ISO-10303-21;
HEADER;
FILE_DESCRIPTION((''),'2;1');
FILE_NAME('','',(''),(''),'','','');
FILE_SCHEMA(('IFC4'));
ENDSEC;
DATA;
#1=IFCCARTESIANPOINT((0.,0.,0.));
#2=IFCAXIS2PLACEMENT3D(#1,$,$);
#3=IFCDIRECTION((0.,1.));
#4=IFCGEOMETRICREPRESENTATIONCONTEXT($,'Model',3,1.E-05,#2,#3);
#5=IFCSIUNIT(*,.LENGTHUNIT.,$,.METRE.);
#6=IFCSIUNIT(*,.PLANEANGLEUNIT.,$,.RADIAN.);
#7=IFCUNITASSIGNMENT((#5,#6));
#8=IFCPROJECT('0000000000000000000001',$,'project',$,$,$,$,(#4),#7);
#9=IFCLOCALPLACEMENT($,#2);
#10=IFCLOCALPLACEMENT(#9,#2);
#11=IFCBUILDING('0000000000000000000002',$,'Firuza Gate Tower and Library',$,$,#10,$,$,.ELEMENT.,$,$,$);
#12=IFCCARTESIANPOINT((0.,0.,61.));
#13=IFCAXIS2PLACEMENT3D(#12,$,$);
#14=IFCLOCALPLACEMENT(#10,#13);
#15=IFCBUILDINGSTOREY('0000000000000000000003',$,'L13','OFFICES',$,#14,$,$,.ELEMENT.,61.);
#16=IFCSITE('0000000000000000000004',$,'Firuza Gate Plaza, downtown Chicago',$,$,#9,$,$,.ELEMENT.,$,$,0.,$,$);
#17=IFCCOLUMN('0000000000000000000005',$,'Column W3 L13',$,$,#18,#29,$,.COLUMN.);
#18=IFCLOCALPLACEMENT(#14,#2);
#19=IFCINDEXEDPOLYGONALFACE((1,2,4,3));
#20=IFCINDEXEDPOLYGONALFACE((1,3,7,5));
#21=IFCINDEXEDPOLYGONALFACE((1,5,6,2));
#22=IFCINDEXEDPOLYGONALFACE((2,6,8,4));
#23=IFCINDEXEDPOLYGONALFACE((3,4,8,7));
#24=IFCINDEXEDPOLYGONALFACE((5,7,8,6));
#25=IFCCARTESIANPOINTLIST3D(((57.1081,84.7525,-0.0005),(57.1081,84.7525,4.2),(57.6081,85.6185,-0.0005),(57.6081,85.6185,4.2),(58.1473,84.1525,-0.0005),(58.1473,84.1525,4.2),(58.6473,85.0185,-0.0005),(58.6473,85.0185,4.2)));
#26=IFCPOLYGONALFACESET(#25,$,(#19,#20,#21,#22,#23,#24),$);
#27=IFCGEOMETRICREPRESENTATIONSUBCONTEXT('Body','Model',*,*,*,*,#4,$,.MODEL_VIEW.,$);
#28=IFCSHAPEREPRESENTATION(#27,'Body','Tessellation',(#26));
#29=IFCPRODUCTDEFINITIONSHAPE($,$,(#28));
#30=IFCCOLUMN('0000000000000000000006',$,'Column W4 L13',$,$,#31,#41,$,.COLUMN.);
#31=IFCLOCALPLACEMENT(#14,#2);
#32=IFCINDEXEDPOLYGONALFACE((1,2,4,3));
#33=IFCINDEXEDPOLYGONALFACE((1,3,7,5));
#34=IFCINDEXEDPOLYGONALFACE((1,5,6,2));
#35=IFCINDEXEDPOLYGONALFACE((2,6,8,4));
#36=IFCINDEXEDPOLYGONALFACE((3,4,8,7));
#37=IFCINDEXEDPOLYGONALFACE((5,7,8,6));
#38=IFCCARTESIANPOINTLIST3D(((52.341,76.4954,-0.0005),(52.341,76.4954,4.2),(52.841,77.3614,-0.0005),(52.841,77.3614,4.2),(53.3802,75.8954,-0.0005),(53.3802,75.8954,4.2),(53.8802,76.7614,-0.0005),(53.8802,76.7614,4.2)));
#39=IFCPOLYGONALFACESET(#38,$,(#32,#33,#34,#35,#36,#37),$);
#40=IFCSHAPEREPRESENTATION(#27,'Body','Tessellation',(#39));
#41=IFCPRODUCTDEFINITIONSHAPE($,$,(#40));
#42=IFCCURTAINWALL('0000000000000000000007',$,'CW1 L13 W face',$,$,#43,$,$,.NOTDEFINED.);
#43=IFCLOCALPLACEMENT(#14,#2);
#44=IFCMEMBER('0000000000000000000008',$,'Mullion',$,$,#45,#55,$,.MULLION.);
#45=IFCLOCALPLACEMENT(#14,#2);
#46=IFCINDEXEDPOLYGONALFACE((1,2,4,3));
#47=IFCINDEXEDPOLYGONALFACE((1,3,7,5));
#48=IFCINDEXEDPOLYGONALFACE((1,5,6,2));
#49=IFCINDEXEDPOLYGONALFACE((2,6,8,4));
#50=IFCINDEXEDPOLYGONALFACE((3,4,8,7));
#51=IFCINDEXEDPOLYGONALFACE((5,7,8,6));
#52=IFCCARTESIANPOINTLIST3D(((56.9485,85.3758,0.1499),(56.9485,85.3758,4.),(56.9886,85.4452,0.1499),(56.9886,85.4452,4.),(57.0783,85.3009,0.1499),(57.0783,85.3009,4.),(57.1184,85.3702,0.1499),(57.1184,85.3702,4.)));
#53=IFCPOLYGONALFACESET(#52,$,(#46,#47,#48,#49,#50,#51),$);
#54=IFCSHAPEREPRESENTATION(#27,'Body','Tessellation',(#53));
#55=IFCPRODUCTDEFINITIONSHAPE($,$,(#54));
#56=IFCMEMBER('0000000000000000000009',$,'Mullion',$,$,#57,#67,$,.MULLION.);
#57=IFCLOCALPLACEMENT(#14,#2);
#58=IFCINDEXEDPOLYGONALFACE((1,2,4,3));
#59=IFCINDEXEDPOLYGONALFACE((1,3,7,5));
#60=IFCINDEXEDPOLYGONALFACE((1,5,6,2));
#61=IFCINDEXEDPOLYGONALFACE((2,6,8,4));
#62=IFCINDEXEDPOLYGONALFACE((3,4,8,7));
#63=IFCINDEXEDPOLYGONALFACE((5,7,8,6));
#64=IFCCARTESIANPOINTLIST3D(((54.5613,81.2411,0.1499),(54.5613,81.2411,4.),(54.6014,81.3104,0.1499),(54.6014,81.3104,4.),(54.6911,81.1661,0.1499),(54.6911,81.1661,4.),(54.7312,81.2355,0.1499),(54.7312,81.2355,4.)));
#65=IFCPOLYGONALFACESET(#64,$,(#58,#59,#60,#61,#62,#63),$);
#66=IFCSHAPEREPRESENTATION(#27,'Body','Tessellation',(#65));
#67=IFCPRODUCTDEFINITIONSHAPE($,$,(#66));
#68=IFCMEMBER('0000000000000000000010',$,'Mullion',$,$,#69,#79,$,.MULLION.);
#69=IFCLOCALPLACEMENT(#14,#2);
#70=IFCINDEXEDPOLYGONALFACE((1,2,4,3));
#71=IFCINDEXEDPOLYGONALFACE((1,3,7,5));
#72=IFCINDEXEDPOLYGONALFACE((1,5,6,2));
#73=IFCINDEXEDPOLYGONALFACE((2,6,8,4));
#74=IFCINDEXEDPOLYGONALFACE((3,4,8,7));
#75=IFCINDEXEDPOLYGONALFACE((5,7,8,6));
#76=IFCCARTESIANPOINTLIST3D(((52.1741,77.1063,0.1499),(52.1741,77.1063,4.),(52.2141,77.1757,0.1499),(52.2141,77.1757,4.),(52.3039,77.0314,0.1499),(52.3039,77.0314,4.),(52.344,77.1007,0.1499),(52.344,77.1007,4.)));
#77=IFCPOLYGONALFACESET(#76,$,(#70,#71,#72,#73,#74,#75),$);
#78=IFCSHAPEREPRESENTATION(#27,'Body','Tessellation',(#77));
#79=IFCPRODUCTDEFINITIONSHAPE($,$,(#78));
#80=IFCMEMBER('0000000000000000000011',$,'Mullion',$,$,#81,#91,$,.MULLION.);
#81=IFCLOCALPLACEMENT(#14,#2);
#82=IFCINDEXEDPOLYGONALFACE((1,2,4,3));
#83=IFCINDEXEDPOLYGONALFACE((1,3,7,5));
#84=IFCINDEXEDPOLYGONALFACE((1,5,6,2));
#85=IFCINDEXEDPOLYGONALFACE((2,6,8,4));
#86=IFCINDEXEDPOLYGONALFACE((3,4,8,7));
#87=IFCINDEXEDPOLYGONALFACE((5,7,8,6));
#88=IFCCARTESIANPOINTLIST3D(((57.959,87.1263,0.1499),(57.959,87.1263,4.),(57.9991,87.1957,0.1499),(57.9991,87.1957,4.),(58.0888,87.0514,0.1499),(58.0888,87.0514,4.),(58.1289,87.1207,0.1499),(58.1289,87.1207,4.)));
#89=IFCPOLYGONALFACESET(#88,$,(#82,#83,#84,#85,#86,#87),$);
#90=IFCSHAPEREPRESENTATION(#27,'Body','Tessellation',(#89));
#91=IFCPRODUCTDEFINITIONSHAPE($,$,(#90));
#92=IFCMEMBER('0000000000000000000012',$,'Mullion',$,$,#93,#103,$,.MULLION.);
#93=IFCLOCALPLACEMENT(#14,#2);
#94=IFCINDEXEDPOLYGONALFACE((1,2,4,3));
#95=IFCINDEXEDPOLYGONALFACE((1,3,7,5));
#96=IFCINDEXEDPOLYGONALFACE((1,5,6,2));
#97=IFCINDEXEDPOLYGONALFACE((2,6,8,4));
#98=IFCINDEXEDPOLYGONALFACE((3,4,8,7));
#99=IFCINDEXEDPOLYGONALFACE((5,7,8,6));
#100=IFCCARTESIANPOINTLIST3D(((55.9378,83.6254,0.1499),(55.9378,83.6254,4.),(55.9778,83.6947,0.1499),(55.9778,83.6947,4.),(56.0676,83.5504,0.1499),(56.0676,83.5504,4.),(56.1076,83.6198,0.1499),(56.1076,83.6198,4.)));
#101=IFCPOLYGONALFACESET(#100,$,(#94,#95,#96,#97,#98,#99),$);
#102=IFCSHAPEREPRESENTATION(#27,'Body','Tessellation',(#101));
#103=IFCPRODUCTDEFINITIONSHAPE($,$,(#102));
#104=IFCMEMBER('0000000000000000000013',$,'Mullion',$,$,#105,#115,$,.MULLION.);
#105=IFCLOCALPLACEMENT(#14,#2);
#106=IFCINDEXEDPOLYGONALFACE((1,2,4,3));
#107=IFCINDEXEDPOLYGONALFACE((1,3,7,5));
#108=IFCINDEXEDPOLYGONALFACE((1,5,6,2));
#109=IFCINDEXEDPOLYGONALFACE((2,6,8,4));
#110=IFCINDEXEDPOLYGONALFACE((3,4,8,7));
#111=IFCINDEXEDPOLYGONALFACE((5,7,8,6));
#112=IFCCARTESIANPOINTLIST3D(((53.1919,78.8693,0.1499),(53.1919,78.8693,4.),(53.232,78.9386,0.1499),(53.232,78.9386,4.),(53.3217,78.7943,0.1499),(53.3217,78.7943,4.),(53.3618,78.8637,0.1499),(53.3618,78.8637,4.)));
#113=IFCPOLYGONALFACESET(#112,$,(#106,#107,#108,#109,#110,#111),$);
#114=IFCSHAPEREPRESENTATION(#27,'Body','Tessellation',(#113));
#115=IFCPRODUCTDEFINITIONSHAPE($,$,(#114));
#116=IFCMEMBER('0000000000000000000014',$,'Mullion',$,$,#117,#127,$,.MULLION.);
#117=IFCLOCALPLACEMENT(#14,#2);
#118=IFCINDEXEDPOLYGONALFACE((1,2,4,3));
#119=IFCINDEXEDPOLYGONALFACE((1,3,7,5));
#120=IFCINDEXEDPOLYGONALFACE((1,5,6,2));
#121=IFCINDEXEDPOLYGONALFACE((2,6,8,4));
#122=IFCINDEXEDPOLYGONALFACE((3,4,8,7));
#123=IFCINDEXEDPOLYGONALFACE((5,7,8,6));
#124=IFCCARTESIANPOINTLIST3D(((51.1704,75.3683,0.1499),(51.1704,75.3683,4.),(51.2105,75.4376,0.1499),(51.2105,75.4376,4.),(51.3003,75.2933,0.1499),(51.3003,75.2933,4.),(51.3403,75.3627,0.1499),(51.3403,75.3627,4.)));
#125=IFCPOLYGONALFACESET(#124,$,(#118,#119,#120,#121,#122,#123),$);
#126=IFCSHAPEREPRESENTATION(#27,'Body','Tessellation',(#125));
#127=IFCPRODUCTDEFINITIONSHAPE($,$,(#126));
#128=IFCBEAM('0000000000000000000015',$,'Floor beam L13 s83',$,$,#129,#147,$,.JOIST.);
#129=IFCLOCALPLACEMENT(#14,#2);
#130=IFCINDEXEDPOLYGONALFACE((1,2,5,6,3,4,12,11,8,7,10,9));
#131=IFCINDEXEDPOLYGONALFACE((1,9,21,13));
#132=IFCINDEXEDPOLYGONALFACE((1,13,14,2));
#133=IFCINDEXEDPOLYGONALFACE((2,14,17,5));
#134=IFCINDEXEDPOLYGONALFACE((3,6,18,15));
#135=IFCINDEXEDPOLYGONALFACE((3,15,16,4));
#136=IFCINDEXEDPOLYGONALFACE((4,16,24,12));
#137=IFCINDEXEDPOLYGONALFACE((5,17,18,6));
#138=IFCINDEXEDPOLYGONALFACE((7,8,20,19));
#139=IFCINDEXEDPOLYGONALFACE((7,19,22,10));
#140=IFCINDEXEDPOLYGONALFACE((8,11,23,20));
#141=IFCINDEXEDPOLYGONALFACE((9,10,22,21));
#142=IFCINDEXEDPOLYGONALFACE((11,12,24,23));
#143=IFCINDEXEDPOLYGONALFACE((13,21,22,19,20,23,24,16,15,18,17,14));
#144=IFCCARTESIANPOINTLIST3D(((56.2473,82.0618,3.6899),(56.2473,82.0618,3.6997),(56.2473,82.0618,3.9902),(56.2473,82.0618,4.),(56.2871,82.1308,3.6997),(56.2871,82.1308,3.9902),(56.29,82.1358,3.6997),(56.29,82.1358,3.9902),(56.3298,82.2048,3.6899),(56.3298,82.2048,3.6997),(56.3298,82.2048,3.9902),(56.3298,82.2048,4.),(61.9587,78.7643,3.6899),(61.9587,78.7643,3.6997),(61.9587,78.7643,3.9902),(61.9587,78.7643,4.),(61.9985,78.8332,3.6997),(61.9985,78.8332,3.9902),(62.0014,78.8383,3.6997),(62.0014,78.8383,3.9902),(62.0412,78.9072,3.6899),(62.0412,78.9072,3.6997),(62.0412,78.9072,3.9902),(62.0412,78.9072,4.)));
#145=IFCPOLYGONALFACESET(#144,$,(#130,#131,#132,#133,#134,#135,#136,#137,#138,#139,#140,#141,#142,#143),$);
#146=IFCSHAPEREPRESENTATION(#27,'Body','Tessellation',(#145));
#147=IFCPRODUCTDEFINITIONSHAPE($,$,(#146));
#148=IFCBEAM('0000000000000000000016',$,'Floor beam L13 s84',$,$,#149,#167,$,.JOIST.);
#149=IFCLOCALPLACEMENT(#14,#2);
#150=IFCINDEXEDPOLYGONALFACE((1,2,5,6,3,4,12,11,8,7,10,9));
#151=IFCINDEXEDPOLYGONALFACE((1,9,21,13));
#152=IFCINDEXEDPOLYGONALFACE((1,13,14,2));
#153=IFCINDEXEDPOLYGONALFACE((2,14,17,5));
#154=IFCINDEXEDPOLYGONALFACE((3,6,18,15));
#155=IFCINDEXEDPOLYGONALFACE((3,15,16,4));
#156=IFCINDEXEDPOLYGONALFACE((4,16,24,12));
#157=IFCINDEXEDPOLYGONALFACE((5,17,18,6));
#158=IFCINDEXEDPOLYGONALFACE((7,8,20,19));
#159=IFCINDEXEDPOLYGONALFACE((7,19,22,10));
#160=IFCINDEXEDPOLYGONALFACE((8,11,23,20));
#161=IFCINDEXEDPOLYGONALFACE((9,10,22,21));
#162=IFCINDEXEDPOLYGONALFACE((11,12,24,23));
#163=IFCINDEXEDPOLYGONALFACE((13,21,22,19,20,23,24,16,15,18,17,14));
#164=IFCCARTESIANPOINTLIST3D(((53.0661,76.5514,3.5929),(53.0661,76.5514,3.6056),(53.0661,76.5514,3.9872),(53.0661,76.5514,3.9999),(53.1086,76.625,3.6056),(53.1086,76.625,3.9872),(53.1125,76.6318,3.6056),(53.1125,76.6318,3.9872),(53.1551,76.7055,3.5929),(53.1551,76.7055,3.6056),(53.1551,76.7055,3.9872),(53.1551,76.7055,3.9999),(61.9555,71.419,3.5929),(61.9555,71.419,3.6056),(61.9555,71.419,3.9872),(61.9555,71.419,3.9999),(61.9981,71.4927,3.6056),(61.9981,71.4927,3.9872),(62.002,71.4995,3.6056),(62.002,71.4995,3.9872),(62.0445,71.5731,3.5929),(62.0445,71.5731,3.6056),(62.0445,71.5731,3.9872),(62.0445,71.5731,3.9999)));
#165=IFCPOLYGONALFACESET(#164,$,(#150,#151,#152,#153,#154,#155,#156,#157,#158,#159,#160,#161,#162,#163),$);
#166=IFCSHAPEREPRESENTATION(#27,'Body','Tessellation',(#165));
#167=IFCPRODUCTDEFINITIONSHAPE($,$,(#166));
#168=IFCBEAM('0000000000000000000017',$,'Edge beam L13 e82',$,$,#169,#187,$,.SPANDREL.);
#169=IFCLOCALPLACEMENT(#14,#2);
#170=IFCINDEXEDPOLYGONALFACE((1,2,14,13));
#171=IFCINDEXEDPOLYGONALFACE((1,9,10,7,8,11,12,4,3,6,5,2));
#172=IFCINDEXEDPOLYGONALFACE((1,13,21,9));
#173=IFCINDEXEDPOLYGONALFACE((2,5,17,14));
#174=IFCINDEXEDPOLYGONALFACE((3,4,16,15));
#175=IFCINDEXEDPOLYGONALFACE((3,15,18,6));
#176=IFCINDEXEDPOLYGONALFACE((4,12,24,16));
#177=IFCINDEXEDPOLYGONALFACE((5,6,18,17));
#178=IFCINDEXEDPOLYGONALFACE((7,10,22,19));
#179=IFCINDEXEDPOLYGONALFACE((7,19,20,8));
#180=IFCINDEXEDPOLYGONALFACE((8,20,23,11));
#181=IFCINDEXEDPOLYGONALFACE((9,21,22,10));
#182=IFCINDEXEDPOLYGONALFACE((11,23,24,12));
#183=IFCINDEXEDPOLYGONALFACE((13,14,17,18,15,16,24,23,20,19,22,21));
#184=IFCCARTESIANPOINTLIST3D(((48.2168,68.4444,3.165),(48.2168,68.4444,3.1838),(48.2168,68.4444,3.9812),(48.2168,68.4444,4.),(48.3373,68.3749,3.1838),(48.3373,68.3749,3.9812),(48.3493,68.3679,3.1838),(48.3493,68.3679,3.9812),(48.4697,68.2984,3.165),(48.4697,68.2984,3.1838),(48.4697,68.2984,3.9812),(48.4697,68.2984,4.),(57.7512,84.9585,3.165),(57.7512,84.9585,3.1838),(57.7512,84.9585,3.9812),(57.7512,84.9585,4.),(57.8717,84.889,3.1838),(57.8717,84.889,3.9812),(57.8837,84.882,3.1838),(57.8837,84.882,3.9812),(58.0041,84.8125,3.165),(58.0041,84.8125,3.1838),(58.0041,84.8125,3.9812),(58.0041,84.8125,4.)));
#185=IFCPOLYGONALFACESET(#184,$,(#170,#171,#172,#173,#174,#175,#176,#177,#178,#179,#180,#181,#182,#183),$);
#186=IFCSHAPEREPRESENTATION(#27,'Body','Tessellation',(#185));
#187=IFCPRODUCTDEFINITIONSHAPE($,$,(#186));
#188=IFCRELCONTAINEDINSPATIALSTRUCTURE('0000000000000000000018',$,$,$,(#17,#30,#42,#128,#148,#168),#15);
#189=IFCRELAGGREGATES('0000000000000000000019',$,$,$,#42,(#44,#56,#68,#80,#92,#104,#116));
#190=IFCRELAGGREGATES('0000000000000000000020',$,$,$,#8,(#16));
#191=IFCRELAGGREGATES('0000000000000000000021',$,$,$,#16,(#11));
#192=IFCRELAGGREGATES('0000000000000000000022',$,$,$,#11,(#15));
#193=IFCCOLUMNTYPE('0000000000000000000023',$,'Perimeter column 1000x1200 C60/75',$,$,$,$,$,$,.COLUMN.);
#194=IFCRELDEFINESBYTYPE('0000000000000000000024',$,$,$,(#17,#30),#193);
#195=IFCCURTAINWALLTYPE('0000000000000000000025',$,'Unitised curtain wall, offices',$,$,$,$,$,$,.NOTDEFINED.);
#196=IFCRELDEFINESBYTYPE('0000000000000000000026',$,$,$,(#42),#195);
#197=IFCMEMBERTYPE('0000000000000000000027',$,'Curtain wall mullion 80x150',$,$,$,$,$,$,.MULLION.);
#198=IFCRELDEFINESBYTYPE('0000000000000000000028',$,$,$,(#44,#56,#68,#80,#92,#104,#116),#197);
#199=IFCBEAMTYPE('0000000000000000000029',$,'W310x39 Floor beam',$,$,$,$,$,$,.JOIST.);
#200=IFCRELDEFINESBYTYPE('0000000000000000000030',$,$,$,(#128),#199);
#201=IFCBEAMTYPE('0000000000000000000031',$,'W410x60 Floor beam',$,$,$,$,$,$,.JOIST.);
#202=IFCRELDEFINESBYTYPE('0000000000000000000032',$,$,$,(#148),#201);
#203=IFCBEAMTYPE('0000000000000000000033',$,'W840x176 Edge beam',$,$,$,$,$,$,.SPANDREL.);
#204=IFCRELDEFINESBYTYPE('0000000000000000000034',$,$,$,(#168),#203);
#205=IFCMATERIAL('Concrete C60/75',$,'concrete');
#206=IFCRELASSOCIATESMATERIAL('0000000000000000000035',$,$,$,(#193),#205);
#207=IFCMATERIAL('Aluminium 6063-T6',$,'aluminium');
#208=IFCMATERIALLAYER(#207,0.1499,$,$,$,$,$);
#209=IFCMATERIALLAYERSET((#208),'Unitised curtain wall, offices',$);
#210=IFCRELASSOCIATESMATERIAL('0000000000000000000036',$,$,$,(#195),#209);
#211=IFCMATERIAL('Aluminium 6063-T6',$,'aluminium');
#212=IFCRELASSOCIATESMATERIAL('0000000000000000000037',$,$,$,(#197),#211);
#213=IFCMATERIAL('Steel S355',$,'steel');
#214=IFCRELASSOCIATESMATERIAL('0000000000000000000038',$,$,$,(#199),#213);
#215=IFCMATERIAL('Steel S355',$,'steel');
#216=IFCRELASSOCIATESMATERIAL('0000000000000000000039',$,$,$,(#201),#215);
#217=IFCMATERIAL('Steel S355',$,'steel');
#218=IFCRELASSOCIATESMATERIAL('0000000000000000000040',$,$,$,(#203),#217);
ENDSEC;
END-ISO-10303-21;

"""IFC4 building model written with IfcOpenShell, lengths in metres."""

from ifc_helpers import new_model, si_unit, direction, frame, origin, origin_2d, place, context, subcontext, project, spatial, rectangle, i_section, extrude, material, layer, layer_set, material_profile, profile_set, type_object, element, aggregate, save


model = new_model("IFC4")

# Units and contexts
model_context = context("Model", 3, precision=1e-05, world=origin(), true_north=direction((0.0, 1.0)))
body_context = subcontext(model_context, "Body", "Model", "MODEL_VIEW")
ifc_project = project(units=[si_unit("LENGTHUNIT", "METRE"), si_unit("PLANEANGLEUNIT", "RADIAN")], contexts=[model_context])

# Site, building, storey
site_placement = place(None, origin())
site = spatial("IfcSite", under=ifc_project, at=site_placement, Name="Firuza Gate Plaza, downtown Chicago", CompositionType="ELEMENT", RefElevation=0.0)
building_placement = place(site_placement, origin())
building = spatial("IfcBuilding", under=site, at=building_placement, Name="Firuza Gate Tower and Library", CompositionType="ELEMENT")
storey_placement = place(building_placement, frame((0.0, 0.0, 61.0)))
storey = spatial("IfcBuildingStorey", under=building, at=storey_placement, Name="L13", Description="OFFICES", CompositionType="ELEMENT", Elevation=61.0)

# Columns
ifc_material_1 = material(Name="Concrete C60/75", Category="concrete")
ifc_material_profile_1 = material_profile(ifc_material_1, rectangle(XDim=1.0, YDim=1.2, at=origin_2d()))
ifc_profile_set_1 = profile_set([ifc_material_profile_1], Name="Concrete C60/75")
column_type = type_object("IfcColumnType", Name="Perimeter column 1000x1200 C60/75", PredefinedType="COLUMN", material=ifc_profile_set_1)
for number, where, z_axis, x_axis, name in (
    (1, (57.8777, 84.8855, -0.0005), (0.0, 0.0, 1.0), (-0.5, -0.866025, 0.0), "Column W3 L13"),
    (2, (53.1106, 76.6284, -0.0005), (0.0, 0.0, 1.0), (-0.5, -0.866025, 0.0), "Column W4 L13"),
):
    element("IfcColumn", number, at=place(storey_placement, frame(where, z_axis=z_axis, x_axis=x_axis)), inside=storey, type_object=column_type, Name=name, PredefinedType="COLUMN", context=body_context, shape_type="SweptSolid", body=[
        extrude(rectangle(XDim=1.0, YDim=1.2, at=origin_2d()), origin(), (0.0, 0.0, 1.0), 4.2004),
    ])

# Curtain wall, members
ifc_material_2 = material(Name="Aluminium 6063-T6", Category="aluminium")
ifc_layer_1 = layer(ifc_material_2, 0.1499)
ifc_layer_set_1 = layer_set([ifc_layer_1], Name="Unitised curtain wall, offices")
curtain_wall_type = type_object("IfcCurtainWallType", Name="Unitised curtain wall, offices", PredefinedType="NOTDEFINED", material=ifc_layer_set_1)
curtain_wall_placement = place(storey_placement, origin())
curtain_wall = element("IfcCurtainWall", 3, at=curtain_wall_placement, inside=storey, type_object=curtain_wall_type, Name="CW1 L13 W face", PredefinedType="NOTDEFINED")
ifc_material_3 = material(Name="Aluminium 6063-T6", Category="aluminium")
ifc_material_profile_2 = material_profile(ifc_material_3, rectangle(XDim=0.1499, YDim=0.0801, at=origin_2d()))
ifc_profile_set_2 = profile_set([ifc_material_profile_2], Name="Aluminium 6063-T6")
member_type = type_object("IfcMemberType", Name="Curtain wall mullion 80x150", PredefinedType="MULLION", material=ifc_profile_set_2)
member_1_placement = place(storey_placement, frame((57.0334, 85.373, 0.1499), z_axis=(0.0, 0.0, 1.0), x_axis=(0.866025, -0.5, 0.0)))
member_1 = element("IfcMember", 4, at=member_1_placement, type_object=member_type, Name="Mullion", PredefinedType="MULLION", context=body_context, shape_type="SweptSolid", body=[
    extrude(rectangle(XDim=0.1499, YDim=0.0801, at=origin_2d()), origin(), (0.0, 0.0, 1.0), 3.8501),
])
member_2_placement = place(storey_placement, frame((54.6462, 81.2383, 0.1499), z_axis=(0.0, 0.0, 1.0), x_axis=(0.866025, -0.5, 0.0)))
member_2 = element("IfcMember", 5, at=member_2_placement, type_object=member_type, Name="Mullion", PredefinedType="MULLION", context=body_context, shape_type="SweptSolid", body=[
    extrude(rectangle(XDim=0.1499, YDim=0.0801, at=origin_2d()), origin(), (0.0, 0.0, 1.0), 3.8501),
])
member_3_placement = place(storey_placement, frame((52.259, 77.1035, 0.1499), z_axis=(0.0, 0.0, 1.0), x_axis=(0.866025, -0.5, 0.0)))
member_3 = element("IfcMember", 6, at=member_3_placement, type_object=member_type, Name="Mullion", PredefinedType="MULLION", context=body_context, shape_type="SweptSolid", body=[
    extrude(rectangle(XDim=0.1499, YDim=0.0801, at=origin_2d()), origin(), (0.0, 0.0, 1.0), 3.8501),
])
member_4_placement = place(storey_placement, frame((58.0439, 87.1235, 0.1499), z_axis=(0.0, 0.0, 1.0), x_axis=(0.866025, -0.5, 0.0)))
member_4 = element("IfcMember", 7, at=member_4_placement, type_object=member_type, Name="Mullion", PredefinedType="MULLION", context=body_context, shape_type="SweptSolid", body=[
    extrude(rectangle(XDim=0.1499, YDim=0.0801, at=origin_2d()), origin(), (0.0, 0.0, 1.0), 3.8501),
])
member_5_placement = place(storey_placement, frame((56.0227, 83.6226, 0.1499), z_axis=(0.0, 0.0, 1.0), x_axis=(0.866025, -0.5, 0.0)))
member_5 = element("IfcMember", 8, at=member_5_placement, type_object=member_type, Name="Mullion", PredefinedType="MULLION", context=body_context, shape_type="SweptSolid", body=[
    extrude(rectangle(XDim=0.1499, YDim=0.0801, at=origin_2d()), origin(), (0.0, 0.0, 1.0), 3.8501),
])
member_6_placement = place(storey_placement, frame((53.2769, 78.8665, 0.1499), z_axis=(0.0, 0.0, 1.0), x_axis=(0.866025, -0.5, 0.0)))
member_6 = element("IfcMember", 9, at=member_6_placement, type_object=member_type, Name="Mullion", PredefinedType="MULLION", context=body_context, shape_type="SweptSolid", body=[
    extrude(rectangle(XDim=0.1499, YDim=0.0801, at=origin_2d()), origin(), (0.0, 0.0, 1.0), 3.8501),
])
member_7_placement = place(storey_placement, frame((51.2554, 75.3655, 0.1499), z_axis=(0.0, 0.0, 1.0), x_axis=(0.866025, -0.5, 0.0)))
member_7 = element("IfcMember", 10, at=member_7_placement, type_object=member_type, Name="Mullion", PredefinedType="MULLION", context=body_context, shape_type="SweptSolid", body=[
    extrude(rectangle(XDim=0.1499, YDim=0.0801, at=origin_2d()), origin(), (0.0, 0.0, 1.0), 3.8501),
])

# Beams
ifc_material_4 = material(Name="Steel S355", Category="steel")
ifc_material_profile_3 = material_profile(ifc_material_4, i_section(OverallWidth=0.165, OverallDepth=0.3101, WebThickness=0.0059, FlangeThickness=0.0098, at=origin_2d()))
ifc_profile_set_3 = profile_set([ifc_material_profile_3], Name="Steel S355")
beam_type_1 = type_object("IfcBeamType", Name="W310x39 Floor beam", PredefinedType="JOIST", material=ifc_profile_set_3)
beam_1_placement = place(storey_placement, frame((56.2886, 82.1333, 3.845), z_axis=(0.866018, -0.500013, 0.0), x_axis=(0.500013, 0.866018, 0.0)))
element("IfcBeam", 11, at=beam_1_placement, inside=storey, type_object=beam_type_1, Name="Floor beam L13 s83", PredefinedType="JOIST", context=body_context, shape_type="SweptSolid", body=[
    extrude(i_section(OverallWidth=0.165, OverallDepth=0.3101, WebThickness=0.0059, FlangeThickness=0.0098, at=origin_2d()), origin(), (0.0, 0.0, 1.0), 6.595),
])
ifc_material_5 = material(Name="Steel S355", Category="steel")
ifc_material_profile_4 = material_profile(ifc_material_5, i_section(OverallWidth=0.178, OverallDepth=0.407, WebThickness=0.0078, FlangeThickness=0.0127, at=origin_2d()))
ifc_profile_set_4 = profile_set([ifc_material_profile_4], Name="Steel S355")
beam_type_2 = type_object("IfcBeamType", Name="W410x60 Floor beam", PredefinedType="JOIST", material=ifc_profile_set_4)
beam_2_placement = place(storey_placement, frame((53.1106, 76.6284, 3.7964), z_axis=(0.866024, -0.500002, 0.0), x_axis=(0.500002, 0.866024, 0.0)))
element("IfcBeam", 12, at=beam_2_placement, inside=storey, type_object=beam_type_2, Name="Floor beam L13 s84", PredefinedType="JOIST", context=body_context, shape_type="SweptSolid", body=[
    extrude(i_section(OverallWidth=0.178, OverallDepth=0.407, WebThickness=0.0078, FlangeThickness=0.0127, at=origin_2d()), origin(), (0.0, 0.0, 1.0), 10.2646),
])
ifc_material_6 = material(Name="Steel S355", Category="steel")
ifc_material_profile_5 = material_profile(ifc_material_6, i_section(OverallWidth=0.292, OverallDepth=0.835, WebThickness=0.0139, FlangeThickness=0.0188, at=origin_2d()))
ifc_profile_set_5 = profile_set([ifc_material_profile_5], Name="Steel S355")
beam_type_3 = type_object("IfcBeamType", Name="W840x176 Edge beam", PredefinedType="SPANDREL", material=ifc_profile_set_5)
beam_3_placement = place(storey_placement, frame((57.8777, 84.8855, 3.5825), z_axis=(-0.499999, -0.866026, 0.0), x_axis=(0.866026, -0.499999, 0.0)))
element("IfcBeam", 13, at=beam_3_placement, inside=storey, type_object=beam_type_3, Name="Edge beam L13 e82", PredefinedType="SPANDREL", context=body_context, shape_type="SweptSolid", body=[
    extrude(i_section(OverallWidth=0.292, OverallDepth=0.835, WebThickness=0.0139, FlangeThickness=0.0188, at=origin_2d()), origin(), (0.0, 0.0, 1.0), 19.0688),
])

aggregate(curtain_wall, [member_1, member_2, member_3, member_4, member_5, member_6, member_7])

save(model, "model.ifc")
